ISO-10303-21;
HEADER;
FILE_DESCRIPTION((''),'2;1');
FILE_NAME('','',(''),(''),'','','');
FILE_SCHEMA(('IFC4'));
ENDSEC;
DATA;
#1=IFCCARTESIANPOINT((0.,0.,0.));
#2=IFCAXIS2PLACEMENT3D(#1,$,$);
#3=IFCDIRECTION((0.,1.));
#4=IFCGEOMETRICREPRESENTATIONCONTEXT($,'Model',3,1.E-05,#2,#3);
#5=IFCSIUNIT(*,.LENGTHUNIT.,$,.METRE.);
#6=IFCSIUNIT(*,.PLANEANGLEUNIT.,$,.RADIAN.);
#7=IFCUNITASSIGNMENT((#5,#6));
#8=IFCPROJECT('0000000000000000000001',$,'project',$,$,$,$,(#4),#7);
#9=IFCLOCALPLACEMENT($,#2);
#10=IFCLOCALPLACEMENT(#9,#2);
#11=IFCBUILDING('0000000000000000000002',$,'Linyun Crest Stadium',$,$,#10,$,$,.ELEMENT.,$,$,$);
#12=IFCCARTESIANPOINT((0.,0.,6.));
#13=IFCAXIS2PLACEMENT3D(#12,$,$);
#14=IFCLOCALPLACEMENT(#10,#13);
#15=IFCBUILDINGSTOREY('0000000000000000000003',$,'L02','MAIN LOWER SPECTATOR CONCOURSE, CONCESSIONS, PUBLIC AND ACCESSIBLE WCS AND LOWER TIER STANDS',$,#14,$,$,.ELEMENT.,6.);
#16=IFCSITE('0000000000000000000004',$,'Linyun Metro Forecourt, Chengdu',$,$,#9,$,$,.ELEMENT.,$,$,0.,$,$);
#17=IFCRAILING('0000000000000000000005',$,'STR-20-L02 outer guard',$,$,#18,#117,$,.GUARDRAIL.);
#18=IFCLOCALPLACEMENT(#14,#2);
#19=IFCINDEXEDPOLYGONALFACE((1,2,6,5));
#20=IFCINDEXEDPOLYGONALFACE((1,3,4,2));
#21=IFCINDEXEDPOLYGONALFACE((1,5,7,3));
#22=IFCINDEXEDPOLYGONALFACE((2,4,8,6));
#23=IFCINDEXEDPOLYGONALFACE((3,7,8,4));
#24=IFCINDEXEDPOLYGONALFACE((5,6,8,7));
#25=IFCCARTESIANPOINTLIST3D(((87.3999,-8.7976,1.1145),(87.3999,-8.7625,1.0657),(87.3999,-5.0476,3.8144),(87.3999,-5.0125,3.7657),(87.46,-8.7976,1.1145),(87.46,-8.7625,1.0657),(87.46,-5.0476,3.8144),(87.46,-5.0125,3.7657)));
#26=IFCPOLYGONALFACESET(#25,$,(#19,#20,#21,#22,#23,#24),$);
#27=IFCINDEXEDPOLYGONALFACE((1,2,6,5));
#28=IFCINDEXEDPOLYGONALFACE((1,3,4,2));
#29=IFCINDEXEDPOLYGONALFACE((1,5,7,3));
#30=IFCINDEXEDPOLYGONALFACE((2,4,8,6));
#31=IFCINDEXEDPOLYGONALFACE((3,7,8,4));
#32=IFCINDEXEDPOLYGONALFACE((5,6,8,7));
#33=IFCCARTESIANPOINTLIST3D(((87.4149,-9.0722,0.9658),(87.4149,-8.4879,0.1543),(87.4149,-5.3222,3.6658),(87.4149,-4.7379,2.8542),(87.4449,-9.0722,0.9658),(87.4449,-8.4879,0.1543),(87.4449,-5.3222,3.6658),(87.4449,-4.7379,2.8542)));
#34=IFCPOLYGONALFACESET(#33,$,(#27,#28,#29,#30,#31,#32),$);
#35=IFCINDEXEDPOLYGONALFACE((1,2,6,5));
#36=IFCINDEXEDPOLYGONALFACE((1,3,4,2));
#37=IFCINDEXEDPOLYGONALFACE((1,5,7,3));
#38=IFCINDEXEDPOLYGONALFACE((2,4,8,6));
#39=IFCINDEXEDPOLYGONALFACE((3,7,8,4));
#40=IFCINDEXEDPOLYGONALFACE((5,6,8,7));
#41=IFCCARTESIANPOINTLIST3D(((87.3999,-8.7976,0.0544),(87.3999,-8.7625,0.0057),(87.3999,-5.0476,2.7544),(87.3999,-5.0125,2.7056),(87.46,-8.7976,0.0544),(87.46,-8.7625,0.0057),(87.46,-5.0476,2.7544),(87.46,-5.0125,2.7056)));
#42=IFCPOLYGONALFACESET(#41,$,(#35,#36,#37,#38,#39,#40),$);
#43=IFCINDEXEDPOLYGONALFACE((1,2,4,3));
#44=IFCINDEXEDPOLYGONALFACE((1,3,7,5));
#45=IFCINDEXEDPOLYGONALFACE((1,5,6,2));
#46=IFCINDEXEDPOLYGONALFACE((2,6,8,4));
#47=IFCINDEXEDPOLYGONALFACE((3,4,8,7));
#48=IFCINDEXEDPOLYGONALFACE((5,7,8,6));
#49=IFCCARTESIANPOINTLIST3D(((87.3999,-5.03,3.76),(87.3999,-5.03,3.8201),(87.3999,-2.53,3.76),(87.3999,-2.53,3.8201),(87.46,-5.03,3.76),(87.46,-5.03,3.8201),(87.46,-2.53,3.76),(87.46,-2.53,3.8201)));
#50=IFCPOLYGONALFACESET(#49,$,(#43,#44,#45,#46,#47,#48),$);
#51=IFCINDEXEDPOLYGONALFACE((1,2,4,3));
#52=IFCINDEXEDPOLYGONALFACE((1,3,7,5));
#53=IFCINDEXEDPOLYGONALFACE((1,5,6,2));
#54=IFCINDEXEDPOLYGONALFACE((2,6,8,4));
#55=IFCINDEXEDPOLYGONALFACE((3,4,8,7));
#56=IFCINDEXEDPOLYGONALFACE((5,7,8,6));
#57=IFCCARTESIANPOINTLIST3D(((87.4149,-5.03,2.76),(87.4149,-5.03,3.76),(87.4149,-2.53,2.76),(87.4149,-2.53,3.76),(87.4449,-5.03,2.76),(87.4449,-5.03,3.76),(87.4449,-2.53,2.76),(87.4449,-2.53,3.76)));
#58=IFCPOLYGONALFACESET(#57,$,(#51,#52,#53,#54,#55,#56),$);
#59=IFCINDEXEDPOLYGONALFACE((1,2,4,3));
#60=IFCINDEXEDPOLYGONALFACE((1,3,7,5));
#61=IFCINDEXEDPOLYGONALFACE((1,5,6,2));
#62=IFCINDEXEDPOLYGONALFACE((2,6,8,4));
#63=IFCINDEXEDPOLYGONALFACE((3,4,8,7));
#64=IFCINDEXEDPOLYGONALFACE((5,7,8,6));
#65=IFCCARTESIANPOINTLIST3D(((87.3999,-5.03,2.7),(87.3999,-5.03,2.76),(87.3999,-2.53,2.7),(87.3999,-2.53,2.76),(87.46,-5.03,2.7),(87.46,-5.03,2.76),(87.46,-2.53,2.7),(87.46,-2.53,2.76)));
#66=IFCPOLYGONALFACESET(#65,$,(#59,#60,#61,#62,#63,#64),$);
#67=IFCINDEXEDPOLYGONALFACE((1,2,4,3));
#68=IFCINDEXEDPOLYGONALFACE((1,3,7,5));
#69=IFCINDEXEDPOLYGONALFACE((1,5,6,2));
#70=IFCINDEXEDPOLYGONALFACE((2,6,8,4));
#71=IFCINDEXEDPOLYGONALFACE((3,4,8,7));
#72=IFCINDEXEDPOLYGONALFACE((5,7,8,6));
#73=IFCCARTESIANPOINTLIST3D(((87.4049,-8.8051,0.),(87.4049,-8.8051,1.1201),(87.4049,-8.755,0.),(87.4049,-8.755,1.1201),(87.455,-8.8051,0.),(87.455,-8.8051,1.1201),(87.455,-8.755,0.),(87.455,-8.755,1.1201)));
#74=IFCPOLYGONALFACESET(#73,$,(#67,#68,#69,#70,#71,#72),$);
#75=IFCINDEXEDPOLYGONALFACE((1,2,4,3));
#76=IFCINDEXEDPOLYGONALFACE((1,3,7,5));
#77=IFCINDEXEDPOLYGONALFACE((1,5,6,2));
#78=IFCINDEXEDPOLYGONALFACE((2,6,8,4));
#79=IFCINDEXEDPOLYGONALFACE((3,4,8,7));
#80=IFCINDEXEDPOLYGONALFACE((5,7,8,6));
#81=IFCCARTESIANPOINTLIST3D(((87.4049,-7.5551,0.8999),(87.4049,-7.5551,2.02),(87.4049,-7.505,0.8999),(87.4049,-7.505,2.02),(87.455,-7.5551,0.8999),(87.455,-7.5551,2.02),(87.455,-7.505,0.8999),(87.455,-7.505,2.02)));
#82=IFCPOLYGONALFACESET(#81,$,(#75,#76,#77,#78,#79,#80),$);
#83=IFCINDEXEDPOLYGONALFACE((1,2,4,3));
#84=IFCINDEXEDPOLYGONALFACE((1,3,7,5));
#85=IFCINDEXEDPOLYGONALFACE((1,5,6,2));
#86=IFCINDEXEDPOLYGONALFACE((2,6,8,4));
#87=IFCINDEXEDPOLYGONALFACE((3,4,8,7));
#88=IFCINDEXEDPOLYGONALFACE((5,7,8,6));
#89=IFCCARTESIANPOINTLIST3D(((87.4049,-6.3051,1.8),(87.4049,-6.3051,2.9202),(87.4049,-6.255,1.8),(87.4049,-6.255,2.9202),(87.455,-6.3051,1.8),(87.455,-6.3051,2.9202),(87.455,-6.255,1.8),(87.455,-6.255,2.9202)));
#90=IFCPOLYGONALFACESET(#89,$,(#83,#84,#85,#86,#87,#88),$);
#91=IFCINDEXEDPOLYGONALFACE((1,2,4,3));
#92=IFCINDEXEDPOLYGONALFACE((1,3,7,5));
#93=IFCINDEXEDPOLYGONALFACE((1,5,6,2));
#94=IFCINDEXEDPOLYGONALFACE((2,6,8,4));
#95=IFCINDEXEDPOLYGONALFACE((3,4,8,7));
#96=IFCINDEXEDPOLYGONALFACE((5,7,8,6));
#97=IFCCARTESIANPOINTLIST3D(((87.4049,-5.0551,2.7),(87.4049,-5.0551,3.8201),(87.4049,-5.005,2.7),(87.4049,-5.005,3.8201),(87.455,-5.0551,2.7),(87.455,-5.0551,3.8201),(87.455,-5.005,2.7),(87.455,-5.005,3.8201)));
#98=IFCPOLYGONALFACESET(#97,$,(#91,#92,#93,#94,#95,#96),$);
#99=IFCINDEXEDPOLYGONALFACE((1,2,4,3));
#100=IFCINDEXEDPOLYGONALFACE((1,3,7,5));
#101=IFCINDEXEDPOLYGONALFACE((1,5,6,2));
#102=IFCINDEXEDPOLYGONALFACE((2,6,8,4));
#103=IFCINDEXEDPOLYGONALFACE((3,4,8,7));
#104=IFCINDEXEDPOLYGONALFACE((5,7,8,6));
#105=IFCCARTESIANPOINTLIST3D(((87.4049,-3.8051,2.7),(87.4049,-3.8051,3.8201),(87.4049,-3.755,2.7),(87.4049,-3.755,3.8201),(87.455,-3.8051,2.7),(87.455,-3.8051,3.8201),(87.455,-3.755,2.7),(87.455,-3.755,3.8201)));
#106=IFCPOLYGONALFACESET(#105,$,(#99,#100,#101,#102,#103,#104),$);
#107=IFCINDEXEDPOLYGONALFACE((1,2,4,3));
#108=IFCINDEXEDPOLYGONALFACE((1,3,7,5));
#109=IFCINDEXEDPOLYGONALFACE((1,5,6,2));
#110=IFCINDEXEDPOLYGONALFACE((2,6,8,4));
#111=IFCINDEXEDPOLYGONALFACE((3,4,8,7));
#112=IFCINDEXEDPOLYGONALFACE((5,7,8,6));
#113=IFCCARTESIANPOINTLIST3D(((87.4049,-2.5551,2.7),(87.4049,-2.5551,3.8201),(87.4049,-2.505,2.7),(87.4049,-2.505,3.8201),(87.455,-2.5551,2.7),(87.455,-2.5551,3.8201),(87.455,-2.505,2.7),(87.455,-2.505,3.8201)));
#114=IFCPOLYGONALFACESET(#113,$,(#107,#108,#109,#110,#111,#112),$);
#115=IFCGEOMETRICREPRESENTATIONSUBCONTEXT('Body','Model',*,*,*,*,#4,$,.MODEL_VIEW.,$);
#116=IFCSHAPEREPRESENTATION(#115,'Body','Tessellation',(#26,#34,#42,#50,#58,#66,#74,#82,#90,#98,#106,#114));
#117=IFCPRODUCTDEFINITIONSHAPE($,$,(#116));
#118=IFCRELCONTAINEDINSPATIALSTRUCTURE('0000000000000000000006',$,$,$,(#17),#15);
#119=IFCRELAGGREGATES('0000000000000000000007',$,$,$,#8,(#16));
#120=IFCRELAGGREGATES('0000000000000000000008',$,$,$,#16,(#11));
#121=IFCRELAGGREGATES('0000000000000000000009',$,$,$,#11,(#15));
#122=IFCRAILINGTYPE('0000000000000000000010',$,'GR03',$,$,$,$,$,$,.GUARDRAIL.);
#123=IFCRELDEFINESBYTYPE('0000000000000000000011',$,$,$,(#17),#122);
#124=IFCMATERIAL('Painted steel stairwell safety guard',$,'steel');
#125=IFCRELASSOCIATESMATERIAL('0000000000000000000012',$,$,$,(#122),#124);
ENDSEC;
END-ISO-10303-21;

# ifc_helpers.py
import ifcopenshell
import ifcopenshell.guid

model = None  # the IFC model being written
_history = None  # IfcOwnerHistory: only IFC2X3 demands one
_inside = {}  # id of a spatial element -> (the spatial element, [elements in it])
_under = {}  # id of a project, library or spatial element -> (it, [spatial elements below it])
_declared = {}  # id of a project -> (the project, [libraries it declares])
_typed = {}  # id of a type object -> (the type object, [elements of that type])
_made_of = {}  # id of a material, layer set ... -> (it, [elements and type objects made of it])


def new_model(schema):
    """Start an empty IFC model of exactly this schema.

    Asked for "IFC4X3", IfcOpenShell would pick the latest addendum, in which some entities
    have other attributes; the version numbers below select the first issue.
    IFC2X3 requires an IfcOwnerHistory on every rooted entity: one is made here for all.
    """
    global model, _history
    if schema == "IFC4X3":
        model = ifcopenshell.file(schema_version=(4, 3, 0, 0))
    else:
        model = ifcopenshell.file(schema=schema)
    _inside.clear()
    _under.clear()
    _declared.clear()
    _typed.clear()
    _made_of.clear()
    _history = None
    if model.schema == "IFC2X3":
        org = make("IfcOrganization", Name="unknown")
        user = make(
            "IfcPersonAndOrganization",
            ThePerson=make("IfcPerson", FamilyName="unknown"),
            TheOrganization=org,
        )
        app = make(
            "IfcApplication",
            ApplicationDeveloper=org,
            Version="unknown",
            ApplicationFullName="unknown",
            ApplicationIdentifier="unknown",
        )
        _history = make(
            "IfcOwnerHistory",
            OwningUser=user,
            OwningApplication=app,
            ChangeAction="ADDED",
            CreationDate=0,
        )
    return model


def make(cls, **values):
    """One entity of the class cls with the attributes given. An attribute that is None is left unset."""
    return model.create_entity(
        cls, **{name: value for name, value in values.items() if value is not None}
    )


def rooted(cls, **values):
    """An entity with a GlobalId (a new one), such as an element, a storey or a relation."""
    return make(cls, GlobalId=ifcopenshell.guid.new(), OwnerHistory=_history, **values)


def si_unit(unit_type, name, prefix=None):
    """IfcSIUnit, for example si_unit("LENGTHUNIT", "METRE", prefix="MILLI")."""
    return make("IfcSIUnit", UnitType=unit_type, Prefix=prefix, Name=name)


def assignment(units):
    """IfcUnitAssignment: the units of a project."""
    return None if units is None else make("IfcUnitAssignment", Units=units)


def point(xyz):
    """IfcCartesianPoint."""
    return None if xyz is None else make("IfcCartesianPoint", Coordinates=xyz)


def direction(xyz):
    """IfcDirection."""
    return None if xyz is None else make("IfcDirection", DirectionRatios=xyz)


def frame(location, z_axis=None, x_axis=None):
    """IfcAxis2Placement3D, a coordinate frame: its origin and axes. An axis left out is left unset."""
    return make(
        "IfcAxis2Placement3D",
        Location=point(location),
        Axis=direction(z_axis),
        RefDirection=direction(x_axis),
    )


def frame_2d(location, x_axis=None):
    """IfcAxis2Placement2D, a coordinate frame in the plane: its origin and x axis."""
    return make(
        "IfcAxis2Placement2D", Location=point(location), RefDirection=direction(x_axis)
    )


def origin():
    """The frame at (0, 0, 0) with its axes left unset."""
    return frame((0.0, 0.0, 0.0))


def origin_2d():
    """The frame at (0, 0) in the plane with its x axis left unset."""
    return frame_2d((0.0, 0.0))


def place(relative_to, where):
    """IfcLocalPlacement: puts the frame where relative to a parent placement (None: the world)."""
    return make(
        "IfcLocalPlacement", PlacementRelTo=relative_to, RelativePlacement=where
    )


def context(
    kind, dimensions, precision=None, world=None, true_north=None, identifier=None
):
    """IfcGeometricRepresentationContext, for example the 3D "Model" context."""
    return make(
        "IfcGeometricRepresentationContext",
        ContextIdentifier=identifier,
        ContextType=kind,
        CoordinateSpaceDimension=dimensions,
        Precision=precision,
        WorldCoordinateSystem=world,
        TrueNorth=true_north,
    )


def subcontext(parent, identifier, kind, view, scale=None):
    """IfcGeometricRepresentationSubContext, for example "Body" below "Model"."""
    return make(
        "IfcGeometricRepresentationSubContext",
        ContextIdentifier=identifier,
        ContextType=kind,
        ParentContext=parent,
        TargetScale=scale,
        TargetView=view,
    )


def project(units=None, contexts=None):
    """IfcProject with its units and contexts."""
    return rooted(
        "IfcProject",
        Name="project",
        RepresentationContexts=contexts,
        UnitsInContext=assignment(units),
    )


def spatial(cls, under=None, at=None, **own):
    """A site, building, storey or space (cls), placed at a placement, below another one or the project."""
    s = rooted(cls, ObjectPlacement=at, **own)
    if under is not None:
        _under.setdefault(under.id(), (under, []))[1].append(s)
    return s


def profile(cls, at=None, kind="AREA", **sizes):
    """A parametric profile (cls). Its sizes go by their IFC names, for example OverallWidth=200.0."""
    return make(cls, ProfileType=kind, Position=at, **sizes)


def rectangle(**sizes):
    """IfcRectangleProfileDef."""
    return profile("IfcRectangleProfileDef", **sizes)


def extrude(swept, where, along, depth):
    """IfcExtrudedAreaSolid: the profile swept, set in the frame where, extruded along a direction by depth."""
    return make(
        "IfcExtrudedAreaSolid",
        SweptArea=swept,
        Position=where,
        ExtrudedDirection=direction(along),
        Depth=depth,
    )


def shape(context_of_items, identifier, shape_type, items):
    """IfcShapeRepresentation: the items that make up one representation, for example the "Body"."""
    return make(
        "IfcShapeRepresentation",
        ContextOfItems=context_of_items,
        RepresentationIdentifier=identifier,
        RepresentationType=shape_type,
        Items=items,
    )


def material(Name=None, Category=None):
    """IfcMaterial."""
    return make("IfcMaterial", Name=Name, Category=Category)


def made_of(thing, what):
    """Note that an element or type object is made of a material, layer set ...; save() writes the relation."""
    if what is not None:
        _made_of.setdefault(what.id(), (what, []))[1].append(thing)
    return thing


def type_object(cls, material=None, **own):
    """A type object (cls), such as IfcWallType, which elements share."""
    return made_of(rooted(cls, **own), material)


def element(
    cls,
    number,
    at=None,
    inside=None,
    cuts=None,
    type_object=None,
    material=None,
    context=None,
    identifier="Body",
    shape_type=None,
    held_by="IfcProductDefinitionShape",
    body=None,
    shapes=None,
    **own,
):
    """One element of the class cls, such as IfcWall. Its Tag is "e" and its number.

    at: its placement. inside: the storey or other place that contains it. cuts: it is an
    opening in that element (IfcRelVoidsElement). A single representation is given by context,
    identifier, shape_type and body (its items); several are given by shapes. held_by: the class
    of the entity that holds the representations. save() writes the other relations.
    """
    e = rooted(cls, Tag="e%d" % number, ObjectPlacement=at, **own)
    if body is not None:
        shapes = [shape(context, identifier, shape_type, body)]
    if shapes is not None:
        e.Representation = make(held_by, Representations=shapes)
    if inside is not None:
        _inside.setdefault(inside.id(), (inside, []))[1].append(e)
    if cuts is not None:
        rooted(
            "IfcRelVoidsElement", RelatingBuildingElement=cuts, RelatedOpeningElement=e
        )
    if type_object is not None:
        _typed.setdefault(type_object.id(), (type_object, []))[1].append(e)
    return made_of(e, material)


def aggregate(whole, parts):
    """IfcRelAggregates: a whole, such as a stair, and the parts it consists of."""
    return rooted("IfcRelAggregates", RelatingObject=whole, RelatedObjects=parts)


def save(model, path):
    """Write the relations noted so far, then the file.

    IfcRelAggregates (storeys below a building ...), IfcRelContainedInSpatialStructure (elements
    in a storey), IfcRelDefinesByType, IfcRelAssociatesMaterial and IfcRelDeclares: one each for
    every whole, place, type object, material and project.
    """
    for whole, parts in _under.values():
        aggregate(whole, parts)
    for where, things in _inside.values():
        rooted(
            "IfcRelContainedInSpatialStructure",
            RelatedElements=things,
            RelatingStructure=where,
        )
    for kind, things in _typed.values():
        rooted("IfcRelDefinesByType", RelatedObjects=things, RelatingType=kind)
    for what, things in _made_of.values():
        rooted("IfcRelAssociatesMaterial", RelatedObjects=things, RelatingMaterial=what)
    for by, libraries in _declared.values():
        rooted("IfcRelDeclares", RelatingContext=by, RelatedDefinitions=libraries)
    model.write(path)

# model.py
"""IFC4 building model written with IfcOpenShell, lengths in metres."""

from ifc_helpers import new_model, si_unit, direction, frame, origin, origin_2d, place, context, subcontext, project, spatial, rectangle, extrude, material, type_object, element, save


model = new_model("IFC4")

# Units and contexts
model_context = context("Model", 3, precision=1e-05, world=origin(), true_north=direction((0.0, 1.0)))
body_context = subcontext(model_context, "Body", "Model", "MODEL_VIEW")
ifc_project = project(units=[si_unit("LENGTHUNIT", "METRE"), si_unit("PLANEANGLEUNIT", "RADIAN")], contexts=[model_context])

# Site, building, storey
site_placement = place(None, origin())
site = spatial("IfcSite", under=ifc_project, at=site_placement, Name="Linyun Metro Forecourt, Chengdu", CompositionType="ELEMENT", RefElevation=0.0)
building_placement = place(site_placement, origin())
building = spatial("IfcBuilding", under=site, at=building_placement, Name="Linyun Crest Stadium", CompositionType="ELEMENT")
storey_placement = place(building_placement, frame((0.0, 0.0, 6.0)))
storey = spatial("IfcBuildingStorey", under=building, at=storey_placement, Name="L02", Description="MAIN LOWER SPECTATOR CONCOURSE, CONCESSIONS, PUBLIC AND ACCESSIBLE WCS AND LOWER TIER STANDS", CompositionType="ELEMENT", Elevation=6.0)

# Railing
ifc_material_1 = material(Name="Painted steel stairwell safety guard", Category="steel")
railing_type_1 = type_object("IfcRailingType", Name="GR03", PredefinedType="GUARDRAIL", material=ifc_material_1)
railing_1_placement = place(storey_placement, frame((87.4299, -8.78, 0.0)))
element("IfcRailing", 1, at=railing_1_placement, inside=storey, type_object=railing_type_1, Name="STR-20-L02 outer guard", PredefinedType="GUARDRAIL", context=body_context, shape_type="SweptSolid", body=[
    extrude(rectangle(XDim=0.0601, YDim=0.0601, at=origin_2d()), frame((0.0, 0.0, 1.0901), z_axis=(0.0, 0.811539, 0.584298), x_axis=(-1.0, 0.0, 0.0)), (0.0, 0.0, 1.0), 4.6208),
    extrude(rectangle(XDim=0.03, YDim=1.0, at=origin_2d()), frame((0.0, 0.0, 0.5601), z_axis=(0.0, 0.811539, 0.584298), x_axis=(-1.0, 0.0, 0.0)), (0.0, 0.0, 1.0), 4.6208),
    extrude(rectangle(XDim=0.0601, YDim=0.0601, at=origin_2d()), frame((0.0, 0.0, 0.03), z_axis=(0.0, 0.811539, 0.584298), x_axis=(-1.0, 0.0, 0.0)), (0.0, 0.0, 1.0), 4.6208),
    extrude(rectangle(XDim=0.0601, YDim=0.0601, at=origin_2d()), frame((0.0, 3.75, 3.79), z_axis=(0.0, 1.0, 0.0), x_axis=(-1.0, 0.0, 0.0)), (0.0, 0.0, 1.0), 2.5),
    extrude(rectangle(XDim=0.03, YDim=1.0, at=origin_2d()), frame((0.0, 3.75, 3.26), z_axis=(0.0, 1.0, 0.0), x_axis=(-1.0, 0.0, 0.0)), (0.0, 0.0, 1.0), 2.5),
    extrude(rectangle(XDim=0.0601, YDim=0.0601, at=origin_2d()), frame((0.0, 3.75, 2.73), z_axis=(0.0, 1.0, 0.0), x_axis=(-1.0, 0.0, 0.0)), (0.0, 0.0, 1.0), 2.5),
    extrude(rectangle(XDim=0.05, YDim=0.05, at=origin_2d()), origin(), (0.0, 0.0, 1.0), 1.1201),
    extrude(rectangle(XDim=0.05, YDim=0.05, at=origin_2d()), frame((0.0, 1.25, 0.8999)), (0.0, 0.0, 1.0), 1.1201),
    extrude(rectangle(XDim=0.05, YDim=0.05, at=origin_2d()), frame((0.0, 2.5, 1.8)), (0.0, 0.0, 1.0), 1.1201),
    extrude(rectangle(XDim=0.05, YDim=0.05, at=origin_2d()), frame((0.0, 3.75, 2.7)), (0.0, 0.0, 1.0), 1.1201),
    extrude(rectangle(XDim=0.05, YDim=0.05, at=origin_2d()), frame((0.0, 5.0, 2.7)), (0.0, 0.0, 1.0), 1.1201),
    extrude(rectangle(XDim=0.05, YDim=0.05, at=origin_2d()), frame((0.0, 6.25, 2.7)), (0.0, 0.0, 1.0), 1.1201),
])

save(model, "model.ifc")
